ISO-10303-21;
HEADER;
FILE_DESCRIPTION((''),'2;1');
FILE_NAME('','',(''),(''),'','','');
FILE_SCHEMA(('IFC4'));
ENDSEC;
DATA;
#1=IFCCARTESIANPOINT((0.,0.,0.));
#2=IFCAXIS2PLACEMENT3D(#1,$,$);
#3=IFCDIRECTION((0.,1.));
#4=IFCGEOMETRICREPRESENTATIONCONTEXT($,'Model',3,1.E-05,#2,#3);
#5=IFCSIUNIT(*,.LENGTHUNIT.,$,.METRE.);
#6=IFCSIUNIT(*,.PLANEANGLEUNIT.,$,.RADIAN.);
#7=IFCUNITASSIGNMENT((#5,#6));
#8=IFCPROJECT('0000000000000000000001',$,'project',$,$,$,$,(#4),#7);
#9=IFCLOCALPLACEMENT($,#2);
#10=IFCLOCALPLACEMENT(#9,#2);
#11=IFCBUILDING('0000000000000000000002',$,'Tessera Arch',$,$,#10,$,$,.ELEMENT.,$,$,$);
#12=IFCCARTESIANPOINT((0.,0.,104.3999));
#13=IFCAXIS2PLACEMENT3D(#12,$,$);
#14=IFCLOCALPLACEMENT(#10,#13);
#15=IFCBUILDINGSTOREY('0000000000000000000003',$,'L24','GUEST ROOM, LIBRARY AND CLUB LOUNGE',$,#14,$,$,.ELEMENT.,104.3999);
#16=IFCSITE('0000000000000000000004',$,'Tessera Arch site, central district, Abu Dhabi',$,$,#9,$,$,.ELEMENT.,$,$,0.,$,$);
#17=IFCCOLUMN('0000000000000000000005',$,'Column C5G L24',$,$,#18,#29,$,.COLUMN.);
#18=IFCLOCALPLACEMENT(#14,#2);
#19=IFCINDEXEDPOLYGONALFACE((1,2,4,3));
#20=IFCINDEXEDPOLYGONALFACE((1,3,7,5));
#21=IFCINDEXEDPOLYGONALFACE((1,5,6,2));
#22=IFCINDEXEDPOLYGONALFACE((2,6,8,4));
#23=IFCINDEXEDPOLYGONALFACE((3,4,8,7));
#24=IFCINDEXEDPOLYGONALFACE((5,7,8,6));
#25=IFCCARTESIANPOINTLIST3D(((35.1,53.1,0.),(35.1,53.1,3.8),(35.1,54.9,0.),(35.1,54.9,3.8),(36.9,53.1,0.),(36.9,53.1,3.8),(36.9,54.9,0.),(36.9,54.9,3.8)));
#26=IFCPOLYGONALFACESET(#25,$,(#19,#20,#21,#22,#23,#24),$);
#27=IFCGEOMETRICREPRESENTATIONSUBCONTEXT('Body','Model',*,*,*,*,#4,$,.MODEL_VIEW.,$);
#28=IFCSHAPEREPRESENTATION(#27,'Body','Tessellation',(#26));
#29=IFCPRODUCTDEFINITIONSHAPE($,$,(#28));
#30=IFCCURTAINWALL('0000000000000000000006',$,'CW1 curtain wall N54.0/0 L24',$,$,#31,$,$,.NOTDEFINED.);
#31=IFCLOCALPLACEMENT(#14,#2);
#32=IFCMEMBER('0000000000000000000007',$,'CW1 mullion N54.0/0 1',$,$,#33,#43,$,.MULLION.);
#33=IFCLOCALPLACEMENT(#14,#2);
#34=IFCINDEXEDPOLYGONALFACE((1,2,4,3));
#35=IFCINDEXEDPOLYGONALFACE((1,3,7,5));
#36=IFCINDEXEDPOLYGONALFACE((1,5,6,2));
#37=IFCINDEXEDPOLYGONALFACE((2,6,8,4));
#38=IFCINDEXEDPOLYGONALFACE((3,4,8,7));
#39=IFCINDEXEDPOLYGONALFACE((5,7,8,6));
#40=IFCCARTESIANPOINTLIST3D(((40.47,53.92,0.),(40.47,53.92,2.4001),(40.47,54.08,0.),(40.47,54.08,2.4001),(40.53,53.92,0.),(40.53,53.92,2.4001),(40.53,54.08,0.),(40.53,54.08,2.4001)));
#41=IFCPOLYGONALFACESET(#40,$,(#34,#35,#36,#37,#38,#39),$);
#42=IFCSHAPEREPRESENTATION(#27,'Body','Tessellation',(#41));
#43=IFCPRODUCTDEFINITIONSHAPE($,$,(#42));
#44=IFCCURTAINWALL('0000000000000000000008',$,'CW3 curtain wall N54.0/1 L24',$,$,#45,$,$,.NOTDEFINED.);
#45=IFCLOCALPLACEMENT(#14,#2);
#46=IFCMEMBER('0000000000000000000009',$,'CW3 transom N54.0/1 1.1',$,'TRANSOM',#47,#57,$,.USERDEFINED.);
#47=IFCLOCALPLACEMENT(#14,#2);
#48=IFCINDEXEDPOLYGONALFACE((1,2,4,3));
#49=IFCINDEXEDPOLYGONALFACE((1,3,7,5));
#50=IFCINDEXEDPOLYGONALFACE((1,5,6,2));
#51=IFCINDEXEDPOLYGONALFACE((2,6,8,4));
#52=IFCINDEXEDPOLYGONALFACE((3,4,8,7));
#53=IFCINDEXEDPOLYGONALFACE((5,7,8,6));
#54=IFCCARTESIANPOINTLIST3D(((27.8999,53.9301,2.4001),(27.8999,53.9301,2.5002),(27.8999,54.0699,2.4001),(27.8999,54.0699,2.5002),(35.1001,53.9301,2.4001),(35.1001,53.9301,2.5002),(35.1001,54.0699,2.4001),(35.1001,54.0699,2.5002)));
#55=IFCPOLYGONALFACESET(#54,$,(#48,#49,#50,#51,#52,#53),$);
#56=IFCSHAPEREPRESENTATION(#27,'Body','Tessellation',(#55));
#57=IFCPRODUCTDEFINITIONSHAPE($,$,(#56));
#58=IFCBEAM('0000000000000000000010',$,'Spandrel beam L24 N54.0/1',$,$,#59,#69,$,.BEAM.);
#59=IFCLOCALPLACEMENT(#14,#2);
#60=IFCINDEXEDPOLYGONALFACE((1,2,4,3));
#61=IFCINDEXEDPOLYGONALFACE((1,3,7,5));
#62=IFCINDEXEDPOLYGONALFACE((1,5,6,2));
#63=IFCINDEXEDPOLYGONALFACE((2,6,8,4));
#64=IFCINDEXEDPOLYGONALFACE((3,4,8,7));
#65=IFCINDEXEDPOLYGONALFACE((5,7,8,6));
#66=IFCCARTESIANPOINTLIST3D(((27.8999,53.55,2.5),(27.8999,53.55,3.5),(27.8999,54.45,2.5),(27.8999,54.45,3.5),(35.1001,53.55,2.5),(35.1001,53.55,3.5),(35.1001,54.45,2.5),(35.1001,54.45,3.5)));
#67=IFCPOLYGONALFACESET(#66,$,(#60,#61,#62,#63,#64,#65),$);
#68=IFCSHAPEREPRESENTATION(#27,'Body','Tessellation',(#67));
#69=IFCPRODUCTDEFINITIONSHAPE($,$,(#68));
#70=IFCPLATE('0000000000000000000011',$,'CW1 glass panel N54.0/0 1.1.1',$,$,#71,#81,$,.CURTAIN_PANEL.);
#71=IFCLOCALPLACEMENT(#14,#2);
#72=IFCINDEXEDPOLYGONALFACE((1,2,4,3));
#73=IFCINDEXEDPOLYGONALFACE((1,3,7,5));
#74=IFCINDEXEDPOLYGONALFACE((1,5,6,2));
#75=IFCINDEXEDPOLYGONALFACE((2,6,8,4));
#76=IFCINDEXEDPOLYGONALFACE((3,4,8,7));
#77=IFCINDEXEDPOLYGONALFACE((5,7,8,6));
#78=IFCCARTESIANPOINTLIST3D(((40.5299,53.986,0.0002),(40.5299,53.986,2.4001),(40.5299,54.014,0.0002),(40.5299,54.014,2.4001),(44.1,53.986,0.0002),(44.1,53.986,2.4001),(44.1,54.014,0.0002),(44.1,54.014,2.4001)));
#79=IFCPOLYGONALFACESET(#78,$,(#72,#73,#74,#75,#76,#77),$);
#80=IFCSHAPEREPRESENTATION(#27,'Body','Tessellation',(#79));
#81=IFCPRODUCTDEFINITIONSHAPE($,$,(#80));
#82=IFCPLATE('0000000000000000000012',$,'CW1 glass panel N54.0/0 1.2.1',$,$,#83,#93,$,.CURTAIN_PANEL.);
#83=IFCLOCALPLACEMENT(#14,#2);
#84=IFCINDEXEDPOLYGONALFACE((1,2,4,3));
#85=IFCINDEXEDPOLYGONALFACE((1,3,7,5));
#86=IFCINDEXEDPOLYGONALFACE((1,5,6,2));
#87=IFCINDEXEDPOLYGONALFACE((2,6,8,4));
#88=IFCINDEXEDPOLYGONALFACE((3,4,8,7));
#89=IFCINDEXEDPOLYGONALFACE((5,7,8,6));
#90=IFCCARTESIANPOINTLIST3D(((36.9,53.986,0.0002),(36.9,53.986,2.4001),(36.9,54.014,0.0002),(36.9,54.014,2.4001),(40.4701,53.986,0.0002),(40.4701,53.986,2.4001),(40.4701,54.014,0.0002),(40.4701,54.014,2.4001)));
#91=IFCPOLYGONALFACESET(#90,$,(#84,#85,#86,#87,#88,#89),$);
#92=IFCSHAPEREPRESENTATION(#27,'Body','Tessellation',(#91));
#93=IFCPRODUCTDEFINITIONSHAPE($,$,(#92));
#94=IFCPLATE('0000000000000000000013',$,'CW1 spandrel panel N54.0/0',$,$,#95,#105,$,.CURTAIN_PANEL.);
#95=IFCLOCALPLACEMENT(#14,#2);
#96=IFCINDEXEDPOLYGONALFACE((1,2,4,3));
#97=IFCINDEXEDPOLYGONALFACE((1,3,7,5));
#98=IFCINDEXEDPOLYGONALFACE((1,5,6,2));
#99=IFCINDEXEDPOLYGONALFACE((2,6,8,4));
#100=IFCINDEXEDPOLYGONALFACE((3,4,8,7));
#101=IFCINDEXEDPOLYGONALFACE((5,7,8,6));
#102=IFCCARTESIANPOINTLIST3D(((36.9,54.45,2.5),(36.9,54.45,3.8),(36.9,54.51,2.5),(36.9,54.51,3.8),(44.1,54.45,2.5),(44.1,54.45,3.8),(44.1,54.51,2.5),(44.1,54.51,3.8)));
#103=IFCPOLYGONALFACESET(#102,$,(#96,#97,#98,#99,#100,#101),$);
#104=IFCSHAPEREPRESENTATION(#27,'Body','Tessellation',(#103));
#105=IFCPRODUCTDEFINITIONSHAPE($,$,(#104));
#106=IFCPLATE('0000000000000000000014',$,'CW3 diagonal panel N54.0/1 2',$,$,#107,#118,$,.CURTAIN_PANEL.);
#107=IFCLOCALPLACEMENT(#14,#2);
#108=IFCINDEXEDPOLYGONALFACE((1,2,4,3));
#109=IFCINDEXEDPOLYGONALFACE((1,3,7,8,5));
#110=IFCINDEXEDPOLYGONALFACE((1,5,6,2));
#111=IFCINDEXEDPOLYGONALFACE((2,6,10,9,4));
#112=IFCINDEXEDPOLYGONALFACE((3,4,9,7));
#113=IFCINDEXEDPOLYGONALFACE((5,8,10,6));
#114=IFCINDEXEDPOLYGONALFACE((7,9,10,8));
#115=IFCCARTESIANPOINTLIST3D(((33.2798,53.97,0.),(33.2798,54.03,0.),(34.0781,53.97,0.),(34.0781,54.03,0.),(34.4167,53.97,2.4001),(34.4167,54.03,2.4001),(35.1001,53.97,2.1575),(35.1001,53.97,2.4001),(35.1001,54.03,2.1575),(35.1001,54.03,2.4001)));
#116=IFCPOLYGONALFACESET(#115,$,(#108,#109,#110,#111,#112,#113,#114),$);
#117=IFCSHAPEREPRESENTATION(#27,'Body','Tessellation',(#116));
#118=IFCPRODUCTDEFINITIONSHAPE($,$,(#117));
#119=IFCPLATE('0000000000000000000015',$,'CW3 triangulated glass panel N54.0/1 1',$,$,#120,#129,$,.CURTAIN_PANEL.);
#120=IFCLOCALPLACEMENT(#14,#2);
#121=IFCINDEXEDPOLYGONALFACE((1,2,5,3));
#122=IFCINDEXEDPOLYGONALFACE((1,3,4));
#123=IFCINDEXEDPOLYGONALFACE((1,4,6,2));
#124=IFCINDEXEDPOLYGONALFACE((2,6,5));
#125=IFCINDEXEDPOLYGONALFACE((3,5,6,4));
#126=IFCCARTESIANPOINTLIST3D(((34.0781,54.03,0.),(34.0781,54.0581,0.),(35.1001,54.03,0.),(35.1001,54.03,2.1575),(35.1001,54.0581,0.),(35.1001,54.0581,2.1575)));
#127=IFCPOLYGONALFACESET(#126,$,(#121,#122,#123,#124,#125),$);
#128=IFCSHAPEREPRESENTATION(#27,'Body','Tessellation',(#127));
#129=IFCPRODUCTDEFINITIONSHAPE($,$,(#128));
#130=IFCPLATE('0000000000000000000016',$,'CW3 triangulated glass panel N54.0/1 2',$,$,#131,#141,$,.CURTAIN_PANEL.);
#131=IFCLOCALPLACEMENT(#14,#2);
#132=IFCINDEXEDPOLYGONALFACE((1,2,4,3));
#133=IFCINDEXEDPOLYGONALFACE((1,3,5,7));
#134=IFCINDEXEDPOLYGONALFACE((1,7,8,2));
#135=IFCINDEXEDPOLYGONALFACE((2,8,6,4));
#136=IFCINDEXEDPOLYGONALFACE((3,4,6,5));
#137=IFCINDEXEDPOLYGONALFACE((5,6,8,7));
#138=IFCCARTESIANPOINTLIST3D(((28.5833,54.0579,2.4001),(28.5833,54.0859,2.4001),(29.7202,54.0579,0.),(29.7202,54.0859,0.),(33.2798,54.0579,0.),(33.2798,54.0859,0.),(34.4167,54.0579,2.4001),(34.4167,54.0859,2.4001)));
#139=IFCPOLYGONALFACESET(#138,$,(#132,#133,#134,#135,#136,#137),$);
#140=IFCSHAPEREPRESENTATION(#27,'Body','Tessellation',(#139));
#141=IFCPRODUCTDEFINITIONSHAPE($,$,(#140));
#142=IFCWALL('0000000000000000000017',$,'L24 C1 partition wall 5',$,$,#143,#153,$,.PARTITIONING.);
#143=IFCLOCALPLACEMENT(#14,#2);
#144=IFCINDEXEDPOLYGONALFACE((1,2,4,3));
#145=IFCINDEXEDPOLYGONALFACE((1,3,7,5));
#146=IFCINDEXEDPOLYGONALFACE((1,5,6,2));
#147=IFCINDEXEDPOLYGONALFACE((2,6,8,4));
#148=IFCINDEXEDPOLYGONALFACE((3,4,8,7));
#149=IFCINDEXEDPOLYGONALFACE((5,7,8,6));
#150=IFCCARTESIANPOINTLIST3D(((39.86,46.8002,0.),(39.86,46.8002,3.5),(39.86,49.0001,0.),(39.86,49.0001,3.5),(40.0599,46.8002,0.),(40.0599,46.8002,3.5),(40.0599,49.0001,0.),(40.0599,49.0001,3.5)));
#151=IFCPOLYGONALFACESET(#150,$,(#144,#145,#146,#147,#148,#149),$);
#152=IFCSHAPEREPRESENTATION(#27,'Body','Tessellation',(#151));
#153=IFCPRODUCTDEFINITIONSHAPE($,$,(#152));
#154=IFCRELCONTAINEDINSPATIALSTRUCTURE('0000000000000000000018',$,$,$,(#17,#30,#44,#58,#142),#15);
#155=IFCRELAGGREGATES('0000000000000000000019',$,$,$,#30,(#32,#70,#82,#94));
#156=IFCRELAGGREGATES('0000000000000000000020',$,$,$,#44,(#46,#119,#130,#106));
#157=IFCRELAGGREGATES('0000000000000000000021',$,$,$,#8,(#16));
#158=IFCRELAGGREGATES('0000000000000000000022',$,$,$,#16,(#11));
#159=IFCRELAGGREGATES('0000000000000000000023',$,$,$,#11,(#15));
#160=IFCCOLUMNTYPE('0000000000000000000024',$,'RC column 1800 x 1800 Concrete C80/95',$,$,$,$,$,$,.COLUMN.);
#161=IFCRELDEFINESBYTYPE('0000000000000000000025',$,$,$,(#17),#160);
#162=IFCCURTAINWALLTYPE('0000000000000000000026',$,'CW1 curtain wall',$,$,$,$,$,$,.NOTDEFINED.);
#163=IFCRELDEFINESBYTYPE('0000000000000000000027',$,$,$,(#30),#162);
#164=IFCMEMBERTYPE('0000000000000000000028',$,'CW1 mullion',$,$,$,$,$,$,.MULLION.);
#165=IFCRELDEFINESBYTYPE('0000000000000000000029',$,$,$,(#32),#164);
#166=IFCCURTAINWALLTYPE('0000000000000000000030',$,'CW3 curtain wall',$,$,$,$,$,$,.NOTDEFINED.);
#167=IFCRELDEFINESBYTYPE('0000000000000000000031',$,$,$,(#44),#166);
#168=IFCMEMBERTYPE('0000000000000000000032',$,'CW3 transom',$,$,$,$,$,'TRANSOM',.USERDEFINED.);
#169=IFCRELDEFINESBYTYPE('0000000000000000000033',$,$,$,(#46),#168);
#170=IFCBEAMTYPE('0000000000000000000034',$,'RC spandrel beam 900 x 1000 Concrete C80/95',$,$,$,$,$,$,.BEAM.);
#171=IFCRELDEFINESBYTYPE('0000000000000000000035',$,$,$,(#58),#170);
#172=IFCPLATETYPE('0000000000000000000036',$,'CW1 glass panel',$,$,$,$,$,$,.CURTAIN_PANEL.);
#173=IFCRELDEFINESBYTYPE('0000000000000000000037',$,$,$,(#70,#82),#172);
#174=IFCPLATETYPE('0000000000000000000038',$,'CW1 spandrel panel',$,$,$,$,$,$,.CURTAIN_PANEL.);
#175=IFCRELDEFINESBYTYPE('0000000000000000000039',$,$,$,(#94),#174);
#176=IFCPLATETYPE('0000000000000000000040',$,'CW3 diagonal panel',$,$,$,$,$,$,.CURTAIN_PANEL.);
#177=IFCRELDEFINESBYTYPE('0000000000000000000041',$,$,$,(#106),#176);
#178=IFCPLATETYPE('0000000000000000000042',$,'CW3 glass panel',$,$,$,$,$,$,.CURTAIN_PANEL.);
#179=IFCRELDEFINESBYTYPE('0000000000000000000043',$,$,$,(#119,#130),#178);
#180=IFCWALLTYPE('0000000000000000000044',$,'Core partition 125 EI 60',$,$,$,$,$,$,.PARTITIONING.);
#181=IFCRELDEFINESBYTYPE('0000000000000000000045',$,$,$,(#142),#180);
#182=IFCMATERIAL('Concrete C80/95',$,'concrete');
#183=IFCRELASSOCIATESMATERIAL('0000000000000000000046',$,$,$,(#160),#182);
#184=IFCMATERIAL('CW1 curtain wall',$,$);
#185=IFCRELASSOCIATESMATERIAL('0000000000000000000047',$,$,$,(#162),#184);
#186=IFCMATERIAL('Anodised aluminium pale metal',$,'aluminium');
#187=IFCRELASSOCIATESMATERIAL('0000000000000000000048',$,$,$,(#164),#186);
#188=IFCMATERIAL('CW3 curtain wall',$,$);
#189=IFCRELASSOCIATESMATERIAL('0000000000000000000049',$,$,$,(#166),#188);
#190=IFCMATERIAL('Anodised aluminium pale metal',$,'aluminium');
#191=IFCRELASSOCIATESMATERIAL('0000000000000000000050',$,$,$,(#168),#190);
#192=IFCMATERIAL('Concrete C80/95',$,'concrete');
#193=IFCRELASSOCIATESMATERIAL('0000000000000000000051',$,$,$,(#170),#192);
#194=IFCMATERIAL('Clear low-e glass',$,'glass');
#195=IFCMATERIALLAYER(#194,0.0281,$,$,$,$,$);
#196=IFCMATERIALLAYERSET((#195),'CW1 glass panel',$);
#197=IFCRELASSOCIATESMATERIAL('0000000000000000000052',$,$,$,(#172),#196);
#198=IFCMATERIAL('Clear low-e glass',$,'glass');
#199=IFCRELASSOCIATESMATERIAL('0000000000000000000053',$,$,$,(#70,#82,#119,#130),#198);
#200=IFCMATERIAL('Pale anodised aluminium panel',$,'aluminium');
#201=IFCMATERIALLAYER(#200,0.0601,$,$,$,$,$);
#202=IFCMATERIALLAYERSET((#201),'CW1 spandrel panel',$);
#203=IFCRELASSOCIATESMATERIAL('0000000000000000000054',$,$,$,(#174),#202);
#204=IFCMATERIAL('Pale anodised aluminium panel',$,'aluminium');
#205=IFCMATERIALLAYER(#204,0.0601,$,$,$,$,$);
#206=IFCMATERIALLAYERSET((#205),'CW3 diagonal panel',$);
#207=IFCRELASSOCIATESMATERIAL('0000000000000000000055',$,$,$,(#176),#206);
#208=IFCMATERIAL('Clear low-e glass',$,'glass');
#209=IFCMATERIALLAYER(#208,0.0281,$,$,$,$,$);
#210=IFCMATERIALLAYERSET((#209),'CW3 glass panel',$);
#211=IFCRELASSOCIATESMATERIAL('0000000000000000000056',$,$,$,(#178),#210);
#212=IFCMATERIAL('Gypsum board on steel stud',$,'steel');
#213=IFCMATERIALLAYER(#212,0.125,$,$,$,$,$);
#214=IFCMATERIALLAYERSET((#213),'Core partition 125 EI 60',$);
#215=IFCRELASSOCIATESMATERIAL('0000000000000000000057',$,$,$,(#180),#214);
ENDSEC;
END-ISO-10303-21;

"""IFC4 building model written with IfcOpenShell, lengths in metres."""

from ifc_helpers import new_model, si_unit, direction, frame, frame_2d, origin, origin_2d, place, context, subcontext, project, spatial, polyline, rectangle, outline, extrude, material, layer, layer_set, material_profile, profile_set, type_object, element, aggregate, save


model = new_model("IFC4")

# Units and contexts
model_context = context("Model", 3, precision=1e-05, world=origin(), true_north=direction((0.0, 1.0)))
body_context = subcontext(model_context, "Body", "Model", "MODEL_VIEW")
ifc_project = project(units=[si_unit("LENGTHUNIT", "METRE"), si_unit("PLANEANGLEUNIT", "RADIAN")], contexts=[model_context])

# Site, building, storey
site_placement = place(None, origin())
site = spatial("IfcSite", under=ifc_project, at=site_placement, Name="Tessera Arch site, central district, Abu Dhabi", CompositionType="ELEMENT", RefElevation=0.0)
building_placement = place(site_placement, origin())
building = spatial("IfcBuilding", under=site, at=building_placement, Name="Tessera Arch", CompositionType="ELEMENT")
storey_placement = place(building_placement, frame((0.0, 0.0, 104.3999)))
storey = spatial("IfcBuildingStorey", under=building, at=storey_placement, Name="L24", Description="GUEST ROOM, LIBRARY AND CLUB LOUNGE", CompositionType="ELEMENT", Elevation=104.3999)

# Column
ifc_material_1 = material(Name="Concrete C80/95", Category="concrete")
ifc_material_profile_1 = material_profile(ifc_material_1, rectangle(XDim=1.8, YDim=1.8, at=origin_2d()), Name="RC column 1800 x 1800 Concrete C80/95")
ifc_profile_set_1 = profile_set([ifc_material_profile_1], Name="Concrete C80/95")
column_type = type_object("IfcColumnType", Name="RC column 1800 x 1800 Concrete C80/95", PredefinedType="COLUMN", material=ifc_profile_set_1)
column_placement = place(storey_placement, frame((36.0, 54.0, 0.0), z_axis=(0.0, 0.0, 1.0), x_axis=(1.0, 0.0, 0.0)))
element("IfcColumn", 1, at=column_placement, inside=storey, type_object=column_type, Name="Column C5G L24", PredefinedType="COLUMN", context=body_context, shape_type="SweptSolid", body=[
    extrude(rectangle(XDim=1.8, YDim=1.8, at=origin_2d()), origin(), (0.0, 0.0, 1.0), 3.8),
])

# Curtain walls, members
ifc_material_2 = material(Name="CW1 curtain wall")
curtain_wall_type_1 = type_object("IfcCurtainWallType", Name="CW1 curtain wall", PredefinedType="NOTDEFINED", material=ifc_material_2)
curtain_wall_1_placement = place(storey_placement, origin())
curtain_wall_1 = element("IfcCurtainWall", 2, at=curtain_wall_1_placement, inside=storey, type_object=curtain_wall_type_1, Name="CW1 curtain wall N54.0/0 L24", PredefinedType="NOTDEFINED")
ifc_material_3 = material(Name="Anodised aluminium pale metal", Category="aluminium")
ifc_material_profile_2 = material_profile(ifc_material_3, rectangle(XDim=0.1599, YDim=0.0601, at=origin_2d()), Name="AL 60x160")
ifc_profile_set_2 = profile_set([ifc_material_profile_2], Name="Anodised aluminium pale metal")
member_type_1 = type_object("IfcMemberType", Name="CW1 mullion", PredefinedType="MULLION", material=ifc_profile_set_2)
member_1_placement = place(storey_placement, frame((40.5, 54.0, 0.0), z_axis=(0.0, 0.0, 1.0), x_axis=(0.0, -1.0, 0.0)))
member_1 = element("IfcMember", 3, at=member_1_placement, type_object=member_type_1, Name="CW1 mullion N54.0/0 1", PredefinedType="MULLION", context=body_context, shape_type="SweptSolid", body=[
    extrude(rectangle(XDim=0.1599, YDim=0.0601, at=origin_2d()), origin(), (0.0, 0.0, 1.0), 2.4001),
])
ifc_material_4 = material(Name="CW3 curtain wall")
curtain_wall_type_2 = type_object("IfcCurtainWallType", Name="CW3 curtain wall", PredefinedType="NOTDEFINED", material=ifc_material_4)
curtain_wall_2_placement = place(storey_placement, origin())
curtain_wall_2 = element("IfcCurtainWall", 4, at=curtain_wall_2_placement, inside=storey, type_object=curtain_wall_type_2, Name="CW3 curtain wall N54.0/1 L24", PredefinedType="NOTDEFINED")
ifc_material_5 = material(Name="Anodised aluminium pale metal", Category="aluminium")
ifc_material_profile_3 = material_profile(ifc_material_5, rectangle(XDim=0.1399, YDim=0.1001, at=origin_2d()), Name="AL 140x100")
ifc_profile_set_3 = profile_set([ifc_material_profile_3], Name="Anodised aluminium pale metal")
member_type_2 = type_object("IfcMemberType", Name="CW3 transom", ElementType="TRANSOM", PredefinedType="USERDEFINED", material=ifc_profile_set_3)
member_2_placement = place(storey_placement, frame((35.1001, 54.0, 2.4502), z_axis=(-1.0, 0.0, 0.0), x_axis=(0.0, -1.0, 0.0)))
member_2 = element("IfcMember", 5, at=member_2_placement, type_object=member_type_2, Name="CW3 transom N54.0/1 1.1", ObjectType="TRANSOM", PredefinedType="USERDEFINED", context=body_context, shape_type="SweptSolid", body=[
    extrude(rectangle(XDim=0.1399, YDim=0.1001, at=origin_2d()), origin(), (0.0, 0.0, 1.0), 7.2002),
])

# Beam
ifc_material_6 = material(Name="Concrete C80/95", Category="concrete")
ifc_material_profile_4 = material_profile(ifc_material_6, rectangle(XDim=0.8999, YDim=1.0, at=origin_2d()), Name="RC spandrel beam 900 x 1000 Concrete C80/95")
ifc_profile_set_4 = profile_set([ifc_material_profile_4], Name="Concrete C80/95")
beam_type = type_object("IfcBeamType", Name="RC spandrel beam 900 x 1000 Concrete C80/95", PredefinedType="BEAM", material=ifc_profile_set_4)
beam_placement = place(storey_placement, frame((35.1001, 54.0, 3.0), z_axis=(-1.0, 0.0, 0.0), x_axis=(0.0, -1.0, 0.0)))
element("IfcBeam", 6, at=beam_placement, inside=storey, type_object=beam_type, Name="Spandrel beam L24 N54.0/1", PredefinedType="BEAM", context=body_context, shape_type="SweptSolid", body=[
    extrude(rectangle(XDim=0.8999, YDim=1.0, at=origin_2d()), origin(), (0.0, 0.0, 1.0), 7.2002),
])

# Plates
ifc_material_7 = material(Name="Clear low-e glass", Category="glass")
ifc_material_8 = material(Name="Clear low-e glass", Category="glass")
ifc_layer_1 = layer(ifc_material_8, 0.0281)
ifc_layer_set_1 = layer_set([ifc_layer_1], Name="CW1 glass panel")
plate_type_1 = type_object("IfcPlateType", Name="CW1 glass panel", PredefinedType="CURTAIN_PANEL", material=ifc_layer_set_1)
plate_1_placement = place(storey_placement, frame((42.3149, 54.0, 0.0002), z_axis=(0.0, 0.0, 1.0), x_axis=(-1.0, 0.0, 0.0)))
plate_1 = element("IfcPlate", 7, at=plate_1_placement, type_object=plate_type_1, material=ifc_material_7, Name="CW1 glass panel N54.0/0 1.1.1", PredefinedType="CURTAIN_PANEL", context=body_context, shape_type="SweptSolid", body=[
    extrude(rectangle(XDim=3.5701, YDim=0.0281, at=origin_2d()), origin(), (0.0, 0.0, 1.0), 2.3999),
])
plate_2_placement = place(storey_placement, frame((38.6851, 54.0, 0.0002), z_axis=(0.0, 0.0, 1.0), x_axis=(-1.0, 0.0, 0.0)))
plate_2 = element("IfcPlate", 8, at=plate_2_placement, type_object=plate_type_1, material=ifc_material_7, Name="CW1 glass panel N54.0/0 1.2.1", PredefinedType="CURTAIN_PANEL", context=body_context, shape_type="SweptSolid", body=[
    extrude(rectangle(XDim=3.5701, YDim=0.0281, at=origin_2d()), origin(), (0.0, 0.0, 1.0), 2.3999),
])
ifc_material_9 = material(Name="Pale anodised aluminium panel", Category="aluminium")
ifc_layer_2 = layer(ifc_material_9, 0.0601)
ifc_layer_set_2 = layer_set([ifc_layer_2], Name="CW1 spandrel panel")
plate_type_2 = type_object("IfcPlateType", Name="CW1 spandrel panel", PredefinedType="CURTAIN_PANEL", material=ifc_layer_set_2)
plate_3_placement = place(storey_placement, frame((40.5, 54.48, 2.5), z_axis=(0.0, 0.0, 1.0), x_axis=(-1.0, 0.0, 0.0)))
plate_3 = element("IfcPlate", 9, at=plate_3_placement, type_object=plate_type_2, Name="CW1 spandrel panel N54.0/0", PredefinedType="CURTAIN_PANEL", context=body_context, shape_type="SweptSolid", body=[
    extrude(rectangle(XDim=7.2, YDim=0.0601, at=origin_2d()), origin(), (0.0, 0.0, 1.0), 1.3),
])
aggregate(curtain_wall_1, [member_1, plate_1, plate_2, plate_3])
ifc_material_10 = material(Name="Pale anodised aluminium panel", Category="aluminium")
ifc_layer_3 = layer(ifc_material_10, 0.0601)
ifc_layer_set_3 = layer_set([ifc_layer_3], Name="CW3 diagonal panel")
plate_type_3 = type_object("IfcPlateType", Name="CW3 diagonal panel", PredefinedType="CURTAIN_PANEL", material=ifc_layer_set_3)
plate_4_placement = place(storey_placement, frame((35.1001, 54.03, 2.4001), z_axis=(0.0, 1.0, 0.0), x_axis=(0.0, 0.0, -1.0)))
plate_4 = element("IfcPlate", 10, at=plate_4_placement, type_object=plate_type_3, Name="CW3 diagonal panel N54.0/1 2", PredefinedType="CURTAIN_PANEL", context=body_context, shape_type="SweptSolid", body=[
    extrude(outline(polyline([(0.0, 0.0), (0.2427, 0.0), (2.4001, 1.022), (2.4001, 1.8203), (0.0, 0.6833), (0.0, 0.0)])), origin(), (0.0, 0.0, -1.0), 0.0601),
])
ifc_material_11 = material(Name="Clear low-e glass", Category="glass")
ifc_layer_4 = layer(ifc_material_11, 0.0281)
ifc_layer_set_4 = layer_set([ifc_layer_4], Name="CW3 glass panel")
plate_type_4 = type_object("IfcPlateType", Name="CW3 glass panel", PredefinedType="CURTAIN_PANEL", material=ifc_layer_set_4)
plate_5_placement = place(storey_placement, frame((35.1001, 54.0581, 0.0), z_axis=(0.0, 1.0, 0.0), x_axis=(-1.0, 0.0, 0.0)))
plate_5 = element("IfcPlate", 11, at=plate_5_placement, type_object=plate_type_4, material=ifc_material_7, Name="CW3 triangulated glass panel N54.0/1 1", PredefinedType="CURTAIN_PANEL", context=body_context, shape_type="SweptSolid", body=[
    extrude(outline(polyline([(0.0, 0.0), (1.022, 0.0), (0.0, 2.1575), (0.0, 0.0)])), origin(), (0.0, 0.0, -1.0), 0.0281),
])
plate_6_placement = place(storey_placement, frame((28.5833, 54.0859, 2.4001), z_axis=(0.0, 1.0, 0.0), x_axis=(1.0, 0.0, 0.0)))
plate_6 = element("IfcPlate", 12, at=plate_6_placement, type_object=plate_type_4, material=ifc_material_7, Name="CW3 triangulated glass panel N54.0/1 2", PredefinedType="CURTAIN_PANEL", context=body_context, shape_type="SweptSolid", body=[
    extrude(outline(polyline([(0.0, 0.0), (5.8335, 0.0), (4.6965, 2.4001), (1.137, 2.4001), (0.0, 0.0)])), origin(), (0.0, 0.0, -1.0), 0.0281),
])
aggregate(curtain_wall_2, [member_2, plate_5, plate_6, plate_4])

# Wall
ifc_material_12 = material(Name="Gypsum board on steel stud", Category="steel")
ifc_layer_5 = layer(ifc_material_12, 0.125)
ifc_layer_set_5 = layer_set([ifc_layer_5], Name="Core partition 125 EI 60")
wall_type_1 = type_object("IfcWallType", Name="Core partition 125 EI 60", PredefinedType="PARTITIONING", material=ifc_layer_set_5)
wall_1_placement = place(storey_placement, frame((39.96, 46.8, 0.0), z_axis=(0.0, 0.0, 1.0), x_axis=(0.0, 1.0, 0.0)))
element("IfcWall", 13, at=wall_1_placement, inside=storey, type_object=wall_type_1, Name="L24 C1 partition wall 5", PredefinedType="PARTITIONING", context=body_context, shape_type="SweptSolid", body=[
    extrude(rectangle(XDim=2.2, YDim=0.2, at=frame_2d((1.1001, 0.0))), origin(), (0.0, 0.0, 1.0), 3.5),
])

save(model, "model.ifc")
